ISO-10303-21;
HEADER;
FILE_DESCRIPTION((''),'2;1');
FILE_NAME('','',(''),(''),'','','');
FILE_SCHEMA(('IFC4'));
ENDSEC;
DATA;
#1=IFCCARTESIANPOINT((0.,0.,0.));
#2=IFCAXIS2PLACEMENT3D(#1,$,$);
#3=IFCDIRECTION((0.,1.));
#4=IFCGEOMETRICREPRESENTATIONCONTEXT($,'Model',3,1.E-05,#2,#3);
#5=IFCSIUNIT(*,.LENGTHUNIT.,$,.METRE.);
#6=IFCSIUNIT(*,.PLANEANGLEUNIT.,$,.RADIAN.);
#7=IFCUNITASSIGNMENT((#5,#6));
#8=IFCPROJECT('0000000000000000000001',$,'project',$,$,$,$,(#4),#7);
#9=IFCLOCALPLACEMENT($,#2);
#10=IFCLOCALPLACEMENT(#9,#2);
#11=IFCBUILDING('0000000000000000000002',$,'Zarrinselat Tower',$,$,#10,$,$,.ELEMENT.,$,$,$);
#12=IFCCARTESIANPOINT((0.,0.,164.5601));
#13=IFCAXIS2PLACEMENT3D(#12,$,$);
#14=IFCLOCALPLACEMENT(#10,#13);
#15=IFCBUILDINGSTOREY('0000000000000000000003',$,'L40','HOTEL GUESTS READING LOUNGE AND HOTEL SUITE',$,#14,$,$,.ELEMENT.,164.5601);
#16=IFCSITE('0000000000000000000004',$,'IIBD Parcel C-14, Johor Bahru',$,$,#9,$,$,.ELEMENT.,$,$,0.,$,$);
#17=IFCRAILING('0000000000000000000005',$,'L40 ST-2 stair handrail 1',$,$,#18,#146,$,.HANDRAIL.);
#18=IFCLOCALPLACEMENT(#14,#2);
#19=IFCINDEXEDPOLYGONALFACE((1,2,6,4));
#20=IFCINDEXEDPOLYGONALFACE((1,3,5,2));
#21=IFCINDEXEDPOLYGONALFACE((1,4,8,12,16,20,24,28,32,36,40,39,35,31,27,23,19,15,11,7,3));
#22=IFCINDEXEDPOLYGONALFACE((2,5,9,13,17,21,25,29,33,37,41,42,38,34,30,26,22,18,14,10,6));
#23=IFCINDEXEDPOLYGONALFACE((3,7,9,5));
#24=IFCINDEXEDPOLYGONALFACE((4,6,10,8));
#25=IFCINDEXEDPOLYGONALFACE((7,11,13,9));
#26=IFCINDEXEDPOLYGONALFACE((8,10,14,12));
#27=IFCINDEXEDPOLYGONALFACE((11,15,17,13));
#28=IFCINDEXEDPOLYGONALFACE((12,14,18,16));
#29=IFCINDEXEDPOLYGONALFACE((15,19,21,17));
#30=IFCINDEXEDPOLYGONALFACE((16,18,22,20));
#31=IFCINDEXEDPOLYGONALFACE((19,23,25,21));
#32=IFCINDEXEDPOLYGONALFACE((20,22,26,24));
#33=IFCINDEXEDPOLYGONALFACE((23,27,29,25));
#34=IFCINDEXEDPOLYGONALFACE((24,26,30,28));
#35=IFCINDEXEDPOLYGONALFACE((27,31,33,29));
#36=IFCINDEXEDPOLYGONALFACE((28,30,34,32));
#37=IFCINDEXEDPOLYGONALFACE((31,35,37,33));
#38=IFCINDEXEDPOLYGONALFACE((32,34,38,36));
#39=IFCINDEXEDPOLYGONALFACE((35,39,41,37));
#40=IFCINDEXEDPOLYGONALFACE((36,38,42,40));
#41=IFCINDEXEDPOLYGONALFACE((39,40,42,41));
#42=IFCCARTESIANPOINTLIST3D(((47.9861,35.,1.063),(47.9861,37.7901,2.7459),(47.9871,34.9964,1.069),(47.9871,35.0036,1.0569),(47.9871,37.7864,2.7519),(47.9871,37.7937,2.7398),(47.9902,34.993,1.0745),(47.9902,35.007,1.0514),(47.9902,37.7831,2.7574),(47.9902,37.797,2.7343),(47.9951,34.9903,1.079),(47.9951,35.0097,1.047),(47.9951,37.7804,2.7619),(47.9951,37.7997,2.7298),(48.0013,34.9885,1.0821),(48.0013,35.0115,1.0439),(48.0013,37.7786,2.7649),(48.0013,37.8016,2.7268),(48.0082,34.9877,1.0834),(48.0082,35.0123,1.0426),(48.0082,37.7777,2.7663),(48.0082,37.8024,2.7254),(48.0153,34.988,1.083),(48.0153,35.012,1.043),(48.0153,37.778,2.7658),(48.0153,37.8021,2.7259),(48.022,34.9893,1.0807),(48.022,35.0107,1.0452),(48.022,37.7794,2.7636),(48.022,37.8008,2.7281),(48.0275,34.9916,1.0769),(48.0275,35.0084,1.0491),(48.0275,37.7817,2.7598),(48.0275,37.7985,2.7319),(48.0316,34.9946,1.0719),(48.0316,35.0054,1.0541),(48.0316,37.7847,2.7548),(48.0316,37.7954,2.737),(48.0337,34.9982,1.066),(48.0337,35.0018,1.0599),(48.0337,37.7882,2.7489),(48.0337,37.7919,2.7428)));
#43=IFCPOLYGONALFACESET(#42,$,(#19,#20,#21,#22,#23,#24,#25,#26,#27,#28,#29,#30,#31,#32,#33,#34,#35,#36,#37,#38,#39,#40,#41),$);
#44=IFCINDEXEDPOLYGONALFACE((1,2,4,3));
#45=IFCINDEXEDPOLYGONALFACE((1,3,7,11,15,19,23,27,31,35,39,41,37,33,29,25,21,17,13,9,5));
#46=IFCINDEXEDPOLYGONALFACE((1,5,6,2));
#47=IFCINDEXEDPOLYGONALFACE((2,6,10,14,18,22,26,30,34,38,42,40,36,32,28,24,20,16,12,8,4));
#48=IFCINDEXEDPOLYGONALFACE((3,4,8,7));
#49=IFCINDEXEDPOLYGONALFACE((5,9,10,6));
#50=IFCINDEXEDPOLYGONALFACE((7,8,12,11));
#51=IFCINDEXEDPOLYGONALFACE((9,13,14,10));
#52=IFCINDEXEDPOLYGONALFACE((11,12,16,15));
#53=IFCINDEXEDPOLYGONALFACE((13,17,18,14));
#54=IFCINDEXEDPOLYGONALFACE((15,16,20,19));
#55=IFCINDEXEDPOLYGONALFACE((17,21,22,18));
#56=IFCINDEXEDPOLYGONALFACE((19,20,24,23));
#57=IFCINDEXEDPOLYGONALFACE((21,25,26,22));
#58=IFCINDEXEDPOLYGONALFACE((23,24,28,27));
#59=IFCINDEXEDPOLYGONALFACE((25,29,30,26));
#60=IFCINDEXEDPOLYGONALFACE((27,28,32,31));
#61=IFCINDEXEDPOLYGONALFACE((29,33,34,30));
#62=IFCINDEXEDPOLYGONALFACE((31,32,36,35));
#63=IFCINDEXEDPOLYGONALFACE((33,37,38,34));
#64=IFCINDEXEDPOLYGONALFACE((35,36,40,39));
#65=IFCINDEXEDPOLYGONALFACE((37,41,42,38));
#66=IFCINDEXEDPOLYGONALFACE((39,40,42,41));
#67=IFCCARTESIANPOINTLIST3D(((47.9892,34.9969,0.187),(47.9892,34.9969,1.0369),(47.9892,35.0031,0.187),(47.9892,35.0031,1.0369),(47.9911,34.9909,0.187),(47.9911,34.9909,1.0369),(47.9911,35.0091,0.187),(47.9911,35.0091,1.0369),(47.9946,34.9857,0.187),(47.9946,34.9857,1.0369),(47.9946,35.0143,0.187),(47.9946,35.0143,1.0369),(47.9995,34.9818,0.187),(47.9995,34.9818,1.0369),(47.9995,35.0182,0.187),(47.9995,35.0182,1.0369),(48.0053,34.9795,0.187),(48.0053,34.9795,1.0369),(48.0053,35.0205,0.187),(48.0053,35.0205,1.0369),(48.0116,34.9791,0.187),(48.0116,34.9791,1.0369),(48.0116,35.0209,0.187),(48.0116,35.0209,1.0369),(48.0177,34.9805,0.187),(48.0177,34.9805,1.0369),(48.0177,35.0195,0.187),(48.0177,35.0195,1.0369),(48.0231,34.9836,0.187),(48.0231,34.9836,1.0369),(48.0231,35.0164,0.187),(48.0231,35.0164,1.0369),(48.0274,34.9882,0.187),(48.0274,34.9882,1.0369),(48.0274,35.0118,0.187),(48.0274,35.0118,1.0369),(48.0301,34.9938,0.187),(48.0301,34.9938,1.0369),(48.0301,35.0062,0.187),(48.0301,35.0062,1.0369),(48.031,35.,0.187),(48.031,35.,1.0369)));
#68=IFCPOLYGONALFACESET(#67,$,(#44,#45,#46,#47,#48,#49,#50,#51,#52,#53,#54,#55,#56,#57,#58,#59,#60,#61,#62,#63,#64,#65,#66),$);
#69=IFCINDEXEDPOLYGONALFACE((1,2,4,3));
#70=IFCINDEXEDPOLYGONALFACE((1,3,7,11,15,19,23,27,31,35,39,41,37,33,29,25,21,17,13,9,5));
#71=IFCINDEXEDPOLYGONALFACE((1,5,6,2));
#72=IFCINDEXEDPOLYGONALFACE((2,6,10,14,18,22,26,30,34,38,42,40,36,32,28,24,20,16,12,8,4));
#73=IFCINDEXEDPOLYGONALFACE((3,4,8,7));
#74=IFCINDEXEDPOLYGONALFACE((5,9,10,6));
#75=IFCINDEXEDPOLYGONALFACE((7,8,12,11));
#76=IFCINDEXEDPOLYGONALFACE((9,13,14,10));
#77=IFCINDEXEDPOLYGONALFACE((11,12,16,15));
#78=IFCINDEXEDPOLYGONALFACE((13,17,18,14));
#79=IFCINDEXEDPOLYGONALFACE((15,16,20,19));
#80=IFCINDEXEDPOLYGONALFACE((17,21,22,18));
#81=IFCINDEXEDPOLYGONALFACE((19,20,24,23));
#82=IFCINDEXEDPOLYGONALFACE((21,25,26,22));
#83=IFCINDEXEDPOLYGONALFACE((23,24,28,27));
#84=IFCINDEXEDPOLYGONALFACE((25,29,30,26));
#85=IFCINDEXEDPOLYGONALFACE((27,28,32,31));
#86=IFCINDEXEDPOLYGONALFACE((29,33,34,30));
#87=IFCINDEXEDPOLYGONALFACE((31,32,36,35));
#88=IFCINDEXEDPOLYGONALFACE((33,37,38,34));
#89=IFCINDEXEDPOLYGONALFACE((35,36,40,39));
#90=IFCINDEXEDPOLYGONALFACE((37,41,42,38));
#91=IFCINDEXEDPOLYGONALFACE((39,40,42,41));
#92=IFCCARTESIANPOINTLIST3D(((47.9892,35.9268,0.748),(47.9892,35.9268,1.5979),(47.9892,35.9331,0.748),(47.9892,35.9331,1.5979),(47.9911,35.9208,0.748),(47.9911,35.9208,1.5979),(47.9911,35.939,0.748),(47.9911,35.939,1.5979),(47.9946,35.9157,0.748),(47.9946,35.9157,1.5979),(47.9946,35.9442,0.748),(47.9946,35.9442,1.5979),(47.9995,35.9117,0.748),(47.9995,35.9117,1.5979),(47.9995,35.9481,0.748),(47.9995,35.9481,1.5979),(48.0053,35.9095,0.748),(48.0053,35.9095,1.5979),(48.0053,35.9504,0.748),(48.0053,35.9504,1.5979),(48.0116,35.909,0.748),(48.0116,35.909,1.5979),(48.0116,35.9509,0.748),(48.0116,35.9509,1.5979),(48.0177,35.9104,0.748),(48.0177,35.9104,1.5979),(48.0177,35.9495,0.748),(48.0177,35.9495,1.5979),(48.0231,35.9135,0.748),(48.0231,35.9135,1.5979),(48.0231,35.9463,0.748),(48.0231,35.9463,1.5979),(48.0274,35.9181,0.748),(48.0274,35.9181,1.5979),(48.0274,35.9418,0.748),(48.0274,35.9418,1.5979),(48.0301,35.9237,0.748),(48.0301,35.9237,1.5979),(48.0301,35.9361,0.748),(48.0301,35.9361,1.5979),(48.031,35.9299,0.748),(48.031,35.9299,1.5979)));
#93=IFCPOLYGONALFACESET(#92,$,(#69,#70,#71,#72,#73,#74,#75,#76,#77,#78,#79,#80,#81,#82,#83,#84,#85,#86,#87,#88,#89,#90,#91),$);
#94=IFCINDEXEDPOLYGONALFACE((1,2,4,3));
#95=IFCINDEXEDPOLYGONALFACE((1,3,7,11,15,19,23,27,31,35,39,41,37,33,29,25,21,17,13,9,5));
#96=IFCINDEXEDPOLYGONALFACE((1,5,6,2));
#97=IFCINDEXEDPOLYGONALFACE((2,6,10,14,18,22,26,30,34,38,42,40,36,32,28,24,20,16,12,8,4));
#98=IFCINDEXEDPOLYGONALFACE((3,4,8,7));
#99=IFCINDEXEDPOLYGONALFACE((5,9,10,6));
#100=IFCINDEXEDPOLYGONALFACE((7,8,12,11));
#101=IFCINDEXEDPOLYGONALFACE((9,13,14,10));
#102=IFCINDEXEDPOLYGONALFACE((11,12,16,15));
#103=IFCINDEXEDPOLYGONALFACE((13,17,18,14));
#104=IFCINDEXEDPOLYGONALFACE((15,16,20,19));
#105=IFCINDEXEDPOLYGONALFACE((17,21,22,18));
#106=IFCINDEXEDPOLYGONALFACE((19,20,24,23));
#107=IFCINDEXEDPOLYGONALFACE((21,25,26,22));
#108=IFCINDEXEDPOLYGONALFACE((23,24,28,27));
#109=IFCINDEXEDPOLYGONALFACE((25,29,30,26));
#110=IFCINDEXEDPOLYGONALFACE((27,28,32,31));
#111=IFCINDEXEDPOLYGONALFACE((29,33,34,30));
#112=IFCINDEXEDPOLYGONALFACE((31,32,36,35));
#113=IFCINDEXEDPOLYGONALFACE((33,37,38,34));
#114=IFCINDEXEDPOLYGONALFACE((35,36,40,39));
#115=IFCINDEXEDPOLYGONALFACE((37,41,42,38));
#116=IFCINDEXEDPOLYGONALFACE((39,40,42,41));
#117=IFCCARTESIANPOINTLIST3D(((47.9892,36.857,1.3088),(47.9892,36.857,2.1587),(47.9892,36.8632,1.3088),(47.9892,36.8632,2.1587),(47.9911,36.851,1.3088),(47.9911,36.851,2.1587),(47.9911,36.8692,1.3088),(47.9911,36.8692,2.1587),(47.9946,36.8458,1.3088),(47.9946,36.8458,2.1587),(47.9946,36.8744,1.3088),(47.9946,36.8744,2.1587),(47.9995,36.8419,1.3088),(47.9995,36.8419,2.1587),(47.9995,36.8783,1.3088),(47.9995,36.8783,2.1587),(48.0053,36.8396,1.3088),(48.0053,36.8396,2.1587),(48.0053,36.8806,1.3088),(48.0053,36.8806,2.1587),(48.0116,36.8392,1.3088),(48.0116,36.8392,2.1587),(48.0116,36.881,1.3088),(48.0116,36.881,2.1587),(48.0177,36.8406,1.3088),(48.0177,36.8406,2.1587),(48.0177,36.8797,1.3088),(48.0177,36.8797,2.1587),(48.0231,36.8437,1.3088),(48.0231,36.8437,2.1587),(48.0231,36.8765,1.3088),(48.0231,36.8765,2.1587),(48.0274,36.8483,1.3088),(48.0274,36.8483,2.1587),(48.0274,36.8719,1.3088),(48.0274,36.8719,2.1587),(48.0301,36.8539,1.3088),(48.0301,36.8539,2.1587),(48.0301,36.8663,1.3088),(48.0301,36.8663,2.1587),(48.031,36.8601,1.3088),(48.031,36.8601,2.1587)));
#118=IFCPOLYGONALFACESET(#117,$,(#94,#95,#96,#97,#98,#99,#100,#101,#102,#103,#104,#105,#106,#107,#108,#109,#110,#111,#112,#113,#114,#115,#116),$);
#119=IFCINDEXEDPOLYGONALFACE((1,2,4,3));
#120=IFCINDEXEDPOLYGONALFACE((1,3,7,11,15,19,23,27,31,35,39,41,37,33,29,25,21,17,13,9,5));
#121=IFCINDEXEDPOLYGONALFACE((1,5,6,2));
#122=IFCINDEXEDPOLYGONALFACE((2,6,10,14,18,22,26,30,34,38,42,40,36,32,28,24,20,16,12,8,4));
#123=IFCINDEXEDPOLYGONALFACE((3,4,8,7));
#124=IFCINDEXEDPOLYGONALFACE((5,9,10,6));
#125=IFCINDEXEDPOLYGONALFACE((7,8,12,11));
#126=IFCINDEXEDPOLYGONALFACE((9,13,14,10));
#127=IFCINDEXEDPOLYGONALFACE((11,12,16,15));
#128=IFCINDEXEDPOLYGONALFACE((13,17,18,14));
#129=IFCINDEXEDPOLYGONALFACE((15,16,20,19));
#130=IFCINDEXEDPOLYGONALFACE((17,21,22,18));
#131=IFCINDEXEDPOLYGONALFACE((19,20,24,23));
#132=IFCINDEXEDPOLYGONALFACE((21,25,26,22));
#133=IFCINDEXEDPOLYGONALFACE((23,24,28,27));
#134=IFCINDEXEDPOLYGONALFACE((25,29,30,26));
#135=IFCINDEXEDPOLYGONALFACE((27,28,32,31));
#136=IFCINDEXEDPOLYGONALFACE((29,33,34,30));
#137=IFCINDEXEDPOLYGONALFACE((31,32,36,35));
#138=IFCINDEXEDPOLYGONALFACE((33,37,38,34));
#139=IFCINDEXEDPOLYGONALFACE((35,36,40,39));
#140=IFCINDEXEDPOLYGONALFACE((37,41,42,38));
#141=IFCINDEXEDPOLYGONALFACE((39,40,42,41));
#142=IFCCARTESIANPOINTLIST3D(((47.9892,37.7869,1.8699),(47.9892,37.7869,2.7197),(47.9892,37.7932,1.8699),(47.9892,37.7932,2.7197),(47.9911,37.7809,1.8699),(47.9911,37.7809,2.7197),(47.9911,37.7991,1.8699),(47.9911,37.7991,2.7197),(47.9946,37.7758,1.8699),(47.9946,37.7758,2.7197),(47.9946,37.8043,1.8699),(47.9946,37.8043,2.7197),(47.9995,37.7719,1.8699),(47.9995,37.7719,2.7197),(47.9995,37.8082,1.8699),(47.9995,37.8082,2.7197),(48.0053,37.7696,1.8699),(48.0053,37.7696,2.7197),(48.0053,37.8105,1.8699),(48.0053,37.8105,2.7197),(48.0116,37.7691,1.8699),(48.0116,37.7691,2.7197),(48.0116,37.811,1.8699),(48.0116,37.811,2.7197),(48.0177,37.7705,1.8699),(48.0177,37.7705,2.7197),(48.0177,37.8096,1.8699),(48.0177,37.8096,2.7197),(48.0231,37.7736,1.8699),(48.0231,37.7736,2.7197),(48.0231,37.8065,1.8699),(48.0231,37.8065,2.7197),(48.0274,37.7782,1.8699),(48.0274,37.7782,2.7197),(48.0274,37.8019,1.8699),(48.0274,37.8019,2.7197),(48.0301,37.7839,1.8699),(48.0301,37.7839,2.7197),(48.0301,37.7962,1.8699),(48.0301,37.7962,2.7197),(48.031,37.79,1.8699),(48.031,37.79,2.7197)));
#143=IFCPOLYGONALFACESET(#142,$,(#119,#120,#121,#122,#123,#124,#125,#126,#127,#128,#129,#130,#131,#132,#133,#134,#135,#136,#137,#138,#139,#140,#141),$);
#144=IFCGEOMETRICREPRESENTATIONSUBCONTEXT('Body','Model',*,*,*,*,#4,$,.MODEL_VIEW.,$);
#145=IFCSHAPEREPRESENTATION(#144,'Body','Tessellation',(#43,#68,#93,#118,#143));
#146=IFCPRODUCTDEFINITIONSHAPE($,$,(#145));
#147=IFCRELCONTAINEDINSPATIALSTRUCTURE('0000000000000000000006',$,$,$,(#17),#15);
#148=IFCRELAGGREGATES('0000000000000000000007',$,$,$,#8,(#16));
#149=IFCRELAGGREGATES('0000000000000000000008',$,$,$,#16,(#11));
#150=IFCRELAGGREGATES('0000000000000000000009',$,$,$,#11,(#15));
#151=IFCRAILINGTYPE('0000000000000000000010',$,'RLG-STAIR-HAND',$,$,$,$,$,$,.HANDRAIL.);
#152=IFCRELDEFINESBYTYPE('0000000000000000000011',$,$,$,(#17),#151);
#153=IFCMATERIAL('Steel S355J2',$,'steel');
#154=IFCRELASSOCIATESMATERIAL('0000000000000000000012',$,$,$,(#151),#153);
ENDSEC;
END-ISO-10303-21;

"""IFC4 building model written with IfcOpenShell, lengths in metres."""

from ifc_helpers import new_model, si_unit, direction, frame, origin, origin_2d, place, context, subcontext, project, spatial, circle, extrude, material, type_object, element, save


model = new_model("IFC4")

# Units and contexts
model_context = context("Model", 3, precision=1e-05, world=origin(), true_north=direction((0.0, 1.0)))
body_context = subcontext(model_context, "Body", "Model", "MODEL_VIEW")
ifc_project = project(units=[si_unit("LENGTHUNIT", "METRE"), si_unit("PLANEANGLEUNIT", "RADIAN")], contexts=[model_context])

# Site, building, storey
site_placement = place(None, origin())
site = spatial("IfcSite", under=ifc_project, at=site_placement, Name="IIBD Parcel C-14, Johor Bahru", CompositionType="ELEMENT", RefElevation=0.0)
building_placement = place(site_placement, origin())
building = spatial("IfcBuilding", under=site, at=building_placement, Name="Zarrinselat Tower", CompositionType="ELEMENT")
storey_placement = place(building_placement, frame((0.0, 0.0, 164.5601)))
storey = spatial("IfcBuildingStorey", under=building, at=storey_placement, Name="L40", Description="HOTEL GUESTS READING LOUNGE AND HOTEL SUITE", CompositionType="ELEMENT", Elevation=164.5601)

# Railing
ifc_material_1 = material(Name="Steel S355J2", Category="steel")
railing_type_1 = type_object("IfcRailingType", Name="RLG-STAIR-HAND", PredefinedType="HANDRAIL", material=ifc_material_1)
railing_1_placement = place(storey_placement, frame((48.01, 35.0, 0.187)))
element("IfcRailing", 1, at=railing_1_placement, inside=storey, type_object=railing_type_1, Name="L40 ST-2 stair handrail 1", PredefinedType="HANDRAIL", context=body_context, shape_type="SweptSolid", body=[
    extrude(circle(Radius=0.0239, at=origin_2d()), frame((0.0, 0.0, 0.876), z_axis=(0.0, 0.856294, 0.516489), x_axis=(-1.0, 0.0, 0.0)), (0.0, 0.0, 1.0), 3.2583),
    extrude(circle(Radius=0.021, at=origin_2d()), origin(), (0.0, 0.0, 1.0), 0.8499),
    extrude(circle(Radius=0.021, at=origin_2d()), frame((0.0, 0.9299, 0.561)), (0.0, 0.0, 1.0), 0.8499),
    extrude(circle(Radius=0.021, at=origin_2d()), frame((0.0, 1.8601, 1.1218)), (0.0, 0.0, 1.0), 0.8499),
    extrude(circle(Radius=0.021, at=origin_2d()), frame((0.0, 2.79, 1.6829)), (0.0, 0.0, 1.0), 0.8499),
])

save(model, "model.ifc")
